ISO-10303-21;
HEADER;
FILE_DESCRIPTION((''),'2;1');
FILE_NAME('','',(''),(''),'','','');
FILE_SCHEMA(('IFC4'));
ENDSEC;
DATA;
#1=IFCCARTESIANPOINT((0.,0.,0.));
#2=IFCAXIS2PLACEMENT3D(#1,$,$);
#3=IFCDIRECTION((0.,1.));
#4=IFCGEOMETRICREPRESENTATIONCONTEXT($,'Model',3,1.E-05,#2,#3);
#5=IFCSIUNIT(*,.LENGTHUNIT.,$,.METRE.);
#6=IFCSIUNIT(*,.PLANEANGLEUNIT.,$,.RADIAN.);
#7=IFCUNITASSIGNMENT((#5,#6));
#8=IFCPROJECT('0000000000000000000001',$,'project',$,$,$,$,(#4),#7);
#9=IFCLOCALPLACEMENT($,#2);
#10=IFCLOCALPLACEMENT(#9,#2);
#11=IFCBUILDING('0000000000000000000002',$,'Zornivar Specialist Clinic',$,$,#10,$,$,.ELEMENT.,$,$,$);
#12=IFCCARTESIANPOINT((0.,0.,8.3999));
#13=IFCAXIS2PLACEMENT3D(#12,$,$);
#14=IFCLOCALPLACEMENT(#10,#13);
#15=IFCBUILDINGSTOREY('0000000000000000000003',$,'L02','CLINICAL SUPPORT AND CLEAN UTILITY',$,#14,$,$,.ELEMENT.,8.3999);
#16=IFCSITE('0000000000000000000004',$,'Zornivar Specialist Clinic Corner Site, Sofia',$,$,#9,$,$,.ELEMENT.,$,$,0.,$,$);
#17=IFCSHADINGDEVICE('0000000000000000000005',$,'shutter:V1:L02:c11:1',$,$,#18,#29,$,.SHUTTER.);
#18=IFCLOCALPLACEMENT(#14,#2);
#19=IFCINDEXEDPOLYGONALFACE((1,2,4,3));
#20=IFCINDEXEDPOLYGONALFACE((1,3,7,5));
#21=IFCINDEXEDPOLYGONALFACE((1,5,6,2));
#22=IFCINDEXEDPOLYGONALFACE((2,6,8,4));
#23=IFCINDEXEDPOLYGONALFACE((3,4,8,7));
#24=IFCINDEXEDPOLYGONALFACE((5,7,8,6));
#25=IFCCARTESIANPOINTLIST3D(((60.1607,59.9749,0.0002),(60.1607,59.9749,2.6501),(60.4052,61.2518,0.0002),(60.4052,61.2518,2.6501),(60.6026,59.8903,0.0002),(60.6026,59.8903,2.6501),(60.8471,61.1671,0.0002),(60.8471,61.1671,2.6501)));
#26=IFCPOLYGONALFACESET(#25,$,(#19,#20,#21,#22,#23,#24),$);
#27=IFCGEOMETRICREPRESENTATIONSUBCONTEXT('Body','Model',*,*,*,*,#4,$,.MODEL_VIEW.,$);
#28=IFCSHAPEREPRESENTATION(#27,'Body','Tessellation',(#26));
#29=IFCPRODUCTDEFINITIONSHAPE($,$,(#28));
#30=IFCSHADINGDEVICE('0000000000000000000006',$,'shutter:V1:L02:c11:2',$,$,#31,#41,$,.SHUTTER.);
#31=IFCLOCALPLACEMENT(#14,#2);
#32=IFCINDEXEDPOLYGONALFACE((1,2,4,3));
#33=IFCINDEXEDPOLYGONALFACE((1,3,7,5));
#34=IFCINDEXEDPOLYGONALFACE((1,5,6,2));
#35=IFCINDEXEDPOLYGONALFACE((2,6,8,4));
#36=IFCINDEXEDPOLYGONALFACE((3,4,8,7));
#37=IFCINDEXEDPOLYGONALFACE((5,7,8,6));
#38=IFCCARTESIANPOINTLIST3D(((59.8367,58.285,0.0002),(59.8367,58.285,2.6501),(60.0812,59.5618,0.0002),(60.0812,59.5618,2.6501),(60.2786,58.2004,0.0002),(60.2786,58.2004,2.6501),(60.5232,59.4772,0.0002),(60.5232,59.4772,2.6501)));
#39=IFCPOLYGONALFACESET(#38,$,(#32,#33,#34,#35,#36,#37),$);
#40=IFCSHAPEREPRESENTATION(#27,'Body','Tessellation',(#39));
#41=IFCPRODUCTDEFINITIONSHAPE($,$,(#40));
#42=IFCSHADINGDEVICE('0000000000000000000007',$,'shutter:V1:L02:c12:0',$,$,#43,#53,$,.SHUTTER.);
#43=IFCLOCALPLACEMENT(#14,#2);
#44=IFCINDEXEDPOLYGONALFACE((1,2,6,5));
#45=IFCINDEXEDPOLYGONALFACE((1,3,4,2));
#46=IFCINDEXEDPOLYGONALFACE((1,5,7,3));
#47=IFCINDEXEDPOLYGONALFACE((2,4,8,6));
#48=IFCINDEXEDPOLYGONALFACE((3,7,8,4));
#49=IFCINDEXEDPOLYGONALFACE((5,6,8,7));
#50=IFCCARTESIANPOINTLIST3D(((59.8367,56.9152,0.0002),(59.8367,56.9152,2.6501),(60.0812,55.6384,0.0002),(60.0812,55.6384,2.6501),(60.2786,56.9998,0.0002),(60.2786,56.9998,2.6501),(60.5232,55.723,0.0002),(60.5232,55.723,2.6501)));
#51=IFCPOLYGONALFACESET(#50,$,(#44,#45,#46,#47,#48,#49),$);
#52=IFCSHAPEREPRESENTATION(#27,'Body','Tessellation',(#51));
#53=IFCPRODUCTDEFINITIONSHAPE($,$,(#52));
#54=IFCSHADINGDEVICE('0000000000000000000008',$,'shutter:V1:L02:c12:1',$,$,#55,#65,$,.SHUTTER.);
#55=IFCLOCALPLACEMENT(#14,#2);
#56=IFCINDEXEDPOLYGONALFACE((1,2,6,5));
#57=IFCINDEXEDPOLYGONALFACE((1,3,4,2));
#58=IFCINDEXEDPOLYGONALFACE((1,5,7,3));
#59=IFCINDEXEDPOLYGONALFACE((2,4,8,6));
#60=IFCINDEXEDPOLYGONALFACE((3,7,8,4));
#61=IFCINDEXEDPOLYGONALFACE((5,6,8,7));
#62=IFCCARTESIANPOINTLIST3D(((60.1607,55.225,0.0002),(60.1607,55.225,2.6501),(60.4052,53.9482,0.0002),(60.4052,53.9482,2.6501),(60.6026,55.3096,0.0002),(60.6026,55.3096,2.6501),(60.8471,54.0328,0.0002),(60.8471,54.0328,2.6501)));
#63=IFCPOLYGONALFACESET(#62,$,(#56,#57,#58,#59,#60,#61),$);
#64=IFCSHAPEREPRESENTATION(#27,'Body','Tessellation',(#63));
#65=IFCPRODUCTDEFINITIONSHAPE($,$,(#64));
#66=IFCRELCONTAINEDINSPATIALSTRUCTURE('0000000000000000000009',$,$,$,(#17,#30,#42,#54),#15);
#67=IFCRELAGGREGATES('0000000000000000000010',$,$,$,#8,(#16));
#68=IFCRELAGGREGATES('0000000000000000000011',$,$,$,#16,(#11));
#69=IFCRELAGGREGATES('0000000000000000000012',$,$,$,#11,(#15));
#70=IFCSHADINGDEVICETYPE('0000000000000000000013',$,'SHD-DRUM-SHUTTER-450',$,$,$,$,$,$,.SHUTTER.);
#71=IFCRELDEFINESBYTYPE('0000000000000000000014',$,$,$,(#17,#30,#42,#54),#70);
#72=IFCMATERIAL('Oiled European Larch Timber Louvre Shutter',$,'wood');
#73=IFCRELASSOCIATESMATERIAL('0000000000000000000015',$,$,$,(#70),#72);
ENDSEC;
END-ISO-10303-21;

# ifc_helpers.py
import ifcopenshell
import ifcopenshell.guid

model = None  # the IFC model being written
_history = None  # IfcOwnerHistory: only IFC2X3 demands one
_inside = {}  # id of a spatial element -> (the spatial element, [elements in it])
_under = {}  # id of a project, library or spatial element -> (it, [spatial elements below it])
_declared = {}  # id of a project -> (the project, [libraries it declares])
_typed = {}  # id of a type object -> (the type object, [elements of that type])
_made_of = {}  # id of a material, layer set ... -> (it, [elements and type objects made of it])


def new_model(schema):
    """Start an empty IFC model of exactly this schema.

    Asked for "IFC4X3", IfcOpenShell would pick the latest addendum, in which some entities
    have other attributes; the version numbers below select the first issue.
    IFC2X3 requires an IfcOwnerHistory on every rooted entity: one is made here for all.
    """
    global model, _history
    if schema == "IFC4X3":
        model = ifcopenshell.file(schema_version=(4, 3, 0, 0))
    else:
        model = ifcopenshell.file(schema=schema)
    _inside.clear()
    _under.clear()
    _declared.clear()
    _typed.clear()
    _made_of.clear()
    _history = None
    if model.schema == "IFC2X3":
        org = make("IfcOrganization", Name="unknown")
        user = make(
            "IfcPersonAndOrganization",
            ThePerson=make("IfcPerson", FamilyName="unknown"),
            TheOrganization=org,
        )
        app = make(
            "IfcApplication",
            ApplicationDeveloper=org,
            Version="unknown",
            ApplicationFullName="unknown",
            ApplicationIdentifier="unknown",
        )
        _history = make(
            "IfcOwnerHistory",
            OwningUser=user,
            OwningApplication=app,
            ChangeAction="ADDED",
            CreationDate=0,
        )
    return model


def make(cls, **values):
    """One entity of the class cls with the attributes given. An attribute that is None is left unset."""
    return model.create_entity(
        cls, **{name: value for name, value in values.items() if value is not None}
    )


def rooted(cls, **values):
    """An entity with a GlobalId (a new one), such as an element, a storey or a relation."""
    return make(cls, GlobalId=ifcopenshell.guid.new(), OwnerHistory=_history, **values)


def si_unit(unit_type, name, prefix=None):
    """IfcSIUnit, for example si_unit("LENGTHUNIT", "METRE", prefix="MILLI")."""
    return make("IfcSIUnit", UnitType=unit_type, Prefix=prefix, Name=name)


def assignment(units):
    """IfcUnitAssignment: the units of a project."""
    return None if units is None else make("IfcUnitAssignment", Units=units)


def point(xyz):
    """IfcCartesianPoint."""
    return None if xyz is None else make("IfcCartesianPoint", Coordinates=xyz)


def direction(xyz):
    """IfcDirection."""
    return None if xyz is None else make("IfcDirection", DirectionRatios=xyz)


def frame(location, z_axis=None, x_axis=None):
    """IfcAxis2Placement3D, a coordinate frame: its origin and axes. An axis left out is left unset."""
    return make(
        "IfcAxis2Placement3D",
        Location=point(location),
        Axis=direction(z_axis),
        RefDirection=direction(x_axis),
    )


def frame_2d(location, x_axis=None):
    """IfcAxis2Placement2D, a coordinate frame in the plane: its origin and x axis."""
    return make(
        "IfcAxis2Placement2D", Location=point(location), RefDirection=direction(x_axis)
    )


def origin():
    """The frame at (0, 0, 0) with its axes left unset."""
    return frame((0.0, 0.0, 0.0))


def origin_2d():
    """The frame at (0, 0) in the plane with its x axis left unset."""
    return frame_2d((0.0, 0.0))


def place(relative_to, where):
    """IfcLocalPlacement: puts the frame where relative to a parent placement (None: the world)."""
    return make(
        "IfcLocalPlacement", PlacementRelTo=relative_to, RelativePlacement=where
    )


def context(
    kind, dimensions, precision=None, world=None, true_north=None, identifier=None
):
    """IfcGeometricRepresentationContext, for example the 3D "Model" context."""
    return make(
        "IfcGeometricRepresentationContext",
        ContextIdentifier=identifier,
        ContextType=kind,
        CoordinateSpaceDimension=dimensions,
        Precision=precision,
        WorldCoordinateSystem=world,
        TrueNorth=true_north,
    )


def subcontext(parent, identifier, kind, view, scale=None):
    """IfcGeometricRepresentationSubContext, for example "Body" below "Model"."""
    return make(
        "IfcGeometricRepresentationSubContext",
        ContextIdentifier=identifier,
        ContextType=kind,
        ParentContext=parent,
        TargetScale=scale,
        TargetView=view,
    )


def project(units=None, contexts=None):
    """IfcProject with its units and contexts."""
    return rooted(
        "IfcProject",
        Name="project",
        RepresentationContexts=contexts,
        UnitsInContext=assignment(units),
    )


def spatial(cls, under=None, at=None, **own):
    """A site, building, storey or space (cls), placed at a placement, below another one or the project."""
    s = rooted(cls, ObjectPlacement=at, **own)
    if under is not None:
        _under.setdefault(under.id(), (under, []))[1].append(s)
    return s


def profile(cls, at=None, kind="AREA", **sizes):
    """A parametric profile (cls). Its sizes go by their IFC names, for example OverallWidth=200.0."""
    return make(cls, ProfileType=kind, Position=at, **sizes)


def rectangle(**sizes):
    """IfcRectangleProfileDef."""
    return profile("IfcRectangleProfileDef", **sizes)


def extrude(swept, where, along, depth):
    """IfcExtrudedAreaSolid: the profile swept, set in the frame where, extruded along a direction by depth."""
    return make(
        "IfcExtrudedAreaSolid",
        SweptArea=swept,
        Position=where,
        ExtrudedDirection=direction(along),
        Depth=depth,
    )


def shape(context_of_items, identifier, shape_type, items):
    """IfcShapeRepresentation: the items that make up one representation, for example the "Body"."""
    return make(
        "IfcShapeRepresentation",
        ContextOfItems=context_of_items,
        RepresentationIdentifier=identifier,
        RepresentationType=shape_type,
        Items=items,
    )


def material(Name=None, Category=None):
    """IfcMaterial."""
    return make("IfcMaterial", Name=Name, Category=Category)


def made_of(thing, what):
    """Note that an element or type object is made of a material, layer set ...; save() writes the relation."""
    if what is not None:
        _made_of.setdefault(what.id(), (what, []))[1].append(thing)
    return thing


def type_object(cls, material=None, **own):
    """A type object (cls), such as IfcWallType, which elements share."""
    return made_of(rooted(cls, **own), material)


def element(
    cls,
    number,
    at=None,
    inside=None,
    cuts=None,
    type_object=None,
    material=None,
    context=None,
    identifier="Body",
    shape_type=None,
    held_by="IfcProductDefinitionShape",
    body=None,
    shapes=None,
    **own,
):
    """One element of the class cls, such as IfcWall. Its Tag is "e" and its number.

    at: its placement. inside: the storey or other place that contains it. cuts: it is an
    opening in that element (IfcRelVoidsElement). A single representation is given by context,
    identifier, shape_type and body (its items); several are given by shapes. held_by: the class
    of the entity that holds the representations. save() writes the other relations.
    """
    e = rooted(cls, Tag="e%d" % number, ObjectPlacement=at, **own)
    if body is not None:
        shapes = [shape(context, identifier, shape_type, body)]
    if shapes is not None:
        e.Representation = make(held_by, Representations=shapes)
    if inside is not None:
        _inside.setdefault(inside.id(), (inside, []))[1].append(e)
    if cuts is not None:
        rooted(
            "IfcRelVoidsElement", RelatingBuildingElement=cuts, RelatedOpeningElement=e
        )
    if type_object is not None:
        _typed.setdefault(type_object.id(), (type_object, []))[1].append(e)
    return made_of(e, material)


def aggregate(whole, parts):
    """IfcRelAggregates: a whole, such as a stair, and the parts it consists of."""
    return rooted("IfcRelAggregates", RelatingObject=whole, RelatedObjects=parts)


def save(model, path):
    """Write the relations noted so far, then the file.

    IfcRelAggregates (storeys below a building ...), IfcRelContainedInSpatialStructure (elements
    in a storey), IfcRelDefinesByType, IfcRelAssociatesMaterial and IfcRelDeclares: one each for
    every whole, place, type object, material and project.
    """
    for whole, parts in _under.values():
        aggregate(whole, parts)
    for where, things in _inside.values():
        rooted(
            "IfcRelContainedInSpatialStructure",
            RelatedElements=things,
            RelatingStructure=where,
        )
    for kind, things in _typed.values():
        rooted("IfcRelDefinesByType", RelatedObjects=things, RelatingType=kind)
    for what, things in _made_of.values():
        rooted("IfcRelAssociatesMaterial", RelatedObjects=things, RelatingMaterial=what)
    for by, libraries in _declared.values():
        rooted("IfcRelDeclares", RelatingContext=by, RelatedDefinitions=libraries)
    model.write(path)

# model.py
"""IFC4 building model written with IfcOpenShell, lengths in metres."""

from ifc_helpers import new_model, si_unit, direction, frame, origin, origin_2d, place, context, subcontext, project, spatial, rectangle, extrude, material, type_object, element, save


model = new_model("IFC4")

# Units and contexts
model_context = context("Model", 3, precision=1e-05, world=origin(), true_north=direction((0.0, 1.0)))
body_context = subcontext(model_context, "Body", "Model", "MODEL_VIEW")
ifc_project = project(units=[si_unit("LENGTHUNIT", "METRE"), si_unit("PLANEANGLEUNIT", "RADIAN")], contexts=[model_context])

# Site, building, storey
site_placement = place(None, origin())
site = spatial("IfcSite", under=ifc_project, at=site_placement, Name="Zornivar Specialist Clinic Corner Site, Sofia", CompositionType="ELEMENT", RefElevation=0.0)
building_placement = place(site_placement, origin())
building = spatial("IfcBuilding", under=site, at=building_placement, Name="Zornivar Specialist Clinic", CompositionType="ELEMENT")
storey_placement = place(building_placement, frame((0.0, 0.0, 8.3999)))
storey = spatial("IfcBuildingStorey", under=building, at=storey_placement, Name="L02", Description="CLINICAL SUPPORT AND CLEAN UTILITY", CompositionType="ELEMENT", Elevation=8.3999)

# Shading devices
ifc_material_1 = material(Name="Oiled European Larch Timber Louvre Shutter", Category="wood")
shading_device_type = type_object("IfcShadingDeviceType", Name="SHD-DRUM-SHUTTER-450", PredefinedType="SHUTTER", material=ifc_material_1)
for number, where, z_axis, x_axis, name in (
    (1, (60.5039, 60.571, 0.0002), (0.0, 0.0, 1.0), (-0.188099, -0.98215, 0.0), "shutter:V1:L02:c11:1"),
    (2, (60.1799, 58.8811, 0.0002), (0.0, 0.0, 1.0), (-0.188099, -0.98215, 0.0), "shutter:V1:L02:c11:2"),
    (3, (60.1799, 56.3191, 0.0002), (0.0, 0.0, 1.0), (0.188099, -0.98215, 0.0), "shutter:V1:L02:c12:0"),
    (4, (60.5039, 54.6289, 0.0002), (0.0, 0.0, 1.0), (0.188099, -0.98215, 0.0), "shutter:V1:L02:c12:1"),
):
    element("IfcShadingDevice", number, at=place(storey_placement, frame(where, z_axis=z_axis, x_axis=x_axis)), inside=storey, type_object=shading_device_type, Name=name, PredefinedType="SHUTTER", context=body_context, shape_type="SweptSolid", body=[
        extrude(rectangle(XDim=1.3, YDim=0.45, at=origin_2d()), origin(), (0.0, 0.0, 1.0), 2.6499),
    ])

save(model, "model.ifc")
